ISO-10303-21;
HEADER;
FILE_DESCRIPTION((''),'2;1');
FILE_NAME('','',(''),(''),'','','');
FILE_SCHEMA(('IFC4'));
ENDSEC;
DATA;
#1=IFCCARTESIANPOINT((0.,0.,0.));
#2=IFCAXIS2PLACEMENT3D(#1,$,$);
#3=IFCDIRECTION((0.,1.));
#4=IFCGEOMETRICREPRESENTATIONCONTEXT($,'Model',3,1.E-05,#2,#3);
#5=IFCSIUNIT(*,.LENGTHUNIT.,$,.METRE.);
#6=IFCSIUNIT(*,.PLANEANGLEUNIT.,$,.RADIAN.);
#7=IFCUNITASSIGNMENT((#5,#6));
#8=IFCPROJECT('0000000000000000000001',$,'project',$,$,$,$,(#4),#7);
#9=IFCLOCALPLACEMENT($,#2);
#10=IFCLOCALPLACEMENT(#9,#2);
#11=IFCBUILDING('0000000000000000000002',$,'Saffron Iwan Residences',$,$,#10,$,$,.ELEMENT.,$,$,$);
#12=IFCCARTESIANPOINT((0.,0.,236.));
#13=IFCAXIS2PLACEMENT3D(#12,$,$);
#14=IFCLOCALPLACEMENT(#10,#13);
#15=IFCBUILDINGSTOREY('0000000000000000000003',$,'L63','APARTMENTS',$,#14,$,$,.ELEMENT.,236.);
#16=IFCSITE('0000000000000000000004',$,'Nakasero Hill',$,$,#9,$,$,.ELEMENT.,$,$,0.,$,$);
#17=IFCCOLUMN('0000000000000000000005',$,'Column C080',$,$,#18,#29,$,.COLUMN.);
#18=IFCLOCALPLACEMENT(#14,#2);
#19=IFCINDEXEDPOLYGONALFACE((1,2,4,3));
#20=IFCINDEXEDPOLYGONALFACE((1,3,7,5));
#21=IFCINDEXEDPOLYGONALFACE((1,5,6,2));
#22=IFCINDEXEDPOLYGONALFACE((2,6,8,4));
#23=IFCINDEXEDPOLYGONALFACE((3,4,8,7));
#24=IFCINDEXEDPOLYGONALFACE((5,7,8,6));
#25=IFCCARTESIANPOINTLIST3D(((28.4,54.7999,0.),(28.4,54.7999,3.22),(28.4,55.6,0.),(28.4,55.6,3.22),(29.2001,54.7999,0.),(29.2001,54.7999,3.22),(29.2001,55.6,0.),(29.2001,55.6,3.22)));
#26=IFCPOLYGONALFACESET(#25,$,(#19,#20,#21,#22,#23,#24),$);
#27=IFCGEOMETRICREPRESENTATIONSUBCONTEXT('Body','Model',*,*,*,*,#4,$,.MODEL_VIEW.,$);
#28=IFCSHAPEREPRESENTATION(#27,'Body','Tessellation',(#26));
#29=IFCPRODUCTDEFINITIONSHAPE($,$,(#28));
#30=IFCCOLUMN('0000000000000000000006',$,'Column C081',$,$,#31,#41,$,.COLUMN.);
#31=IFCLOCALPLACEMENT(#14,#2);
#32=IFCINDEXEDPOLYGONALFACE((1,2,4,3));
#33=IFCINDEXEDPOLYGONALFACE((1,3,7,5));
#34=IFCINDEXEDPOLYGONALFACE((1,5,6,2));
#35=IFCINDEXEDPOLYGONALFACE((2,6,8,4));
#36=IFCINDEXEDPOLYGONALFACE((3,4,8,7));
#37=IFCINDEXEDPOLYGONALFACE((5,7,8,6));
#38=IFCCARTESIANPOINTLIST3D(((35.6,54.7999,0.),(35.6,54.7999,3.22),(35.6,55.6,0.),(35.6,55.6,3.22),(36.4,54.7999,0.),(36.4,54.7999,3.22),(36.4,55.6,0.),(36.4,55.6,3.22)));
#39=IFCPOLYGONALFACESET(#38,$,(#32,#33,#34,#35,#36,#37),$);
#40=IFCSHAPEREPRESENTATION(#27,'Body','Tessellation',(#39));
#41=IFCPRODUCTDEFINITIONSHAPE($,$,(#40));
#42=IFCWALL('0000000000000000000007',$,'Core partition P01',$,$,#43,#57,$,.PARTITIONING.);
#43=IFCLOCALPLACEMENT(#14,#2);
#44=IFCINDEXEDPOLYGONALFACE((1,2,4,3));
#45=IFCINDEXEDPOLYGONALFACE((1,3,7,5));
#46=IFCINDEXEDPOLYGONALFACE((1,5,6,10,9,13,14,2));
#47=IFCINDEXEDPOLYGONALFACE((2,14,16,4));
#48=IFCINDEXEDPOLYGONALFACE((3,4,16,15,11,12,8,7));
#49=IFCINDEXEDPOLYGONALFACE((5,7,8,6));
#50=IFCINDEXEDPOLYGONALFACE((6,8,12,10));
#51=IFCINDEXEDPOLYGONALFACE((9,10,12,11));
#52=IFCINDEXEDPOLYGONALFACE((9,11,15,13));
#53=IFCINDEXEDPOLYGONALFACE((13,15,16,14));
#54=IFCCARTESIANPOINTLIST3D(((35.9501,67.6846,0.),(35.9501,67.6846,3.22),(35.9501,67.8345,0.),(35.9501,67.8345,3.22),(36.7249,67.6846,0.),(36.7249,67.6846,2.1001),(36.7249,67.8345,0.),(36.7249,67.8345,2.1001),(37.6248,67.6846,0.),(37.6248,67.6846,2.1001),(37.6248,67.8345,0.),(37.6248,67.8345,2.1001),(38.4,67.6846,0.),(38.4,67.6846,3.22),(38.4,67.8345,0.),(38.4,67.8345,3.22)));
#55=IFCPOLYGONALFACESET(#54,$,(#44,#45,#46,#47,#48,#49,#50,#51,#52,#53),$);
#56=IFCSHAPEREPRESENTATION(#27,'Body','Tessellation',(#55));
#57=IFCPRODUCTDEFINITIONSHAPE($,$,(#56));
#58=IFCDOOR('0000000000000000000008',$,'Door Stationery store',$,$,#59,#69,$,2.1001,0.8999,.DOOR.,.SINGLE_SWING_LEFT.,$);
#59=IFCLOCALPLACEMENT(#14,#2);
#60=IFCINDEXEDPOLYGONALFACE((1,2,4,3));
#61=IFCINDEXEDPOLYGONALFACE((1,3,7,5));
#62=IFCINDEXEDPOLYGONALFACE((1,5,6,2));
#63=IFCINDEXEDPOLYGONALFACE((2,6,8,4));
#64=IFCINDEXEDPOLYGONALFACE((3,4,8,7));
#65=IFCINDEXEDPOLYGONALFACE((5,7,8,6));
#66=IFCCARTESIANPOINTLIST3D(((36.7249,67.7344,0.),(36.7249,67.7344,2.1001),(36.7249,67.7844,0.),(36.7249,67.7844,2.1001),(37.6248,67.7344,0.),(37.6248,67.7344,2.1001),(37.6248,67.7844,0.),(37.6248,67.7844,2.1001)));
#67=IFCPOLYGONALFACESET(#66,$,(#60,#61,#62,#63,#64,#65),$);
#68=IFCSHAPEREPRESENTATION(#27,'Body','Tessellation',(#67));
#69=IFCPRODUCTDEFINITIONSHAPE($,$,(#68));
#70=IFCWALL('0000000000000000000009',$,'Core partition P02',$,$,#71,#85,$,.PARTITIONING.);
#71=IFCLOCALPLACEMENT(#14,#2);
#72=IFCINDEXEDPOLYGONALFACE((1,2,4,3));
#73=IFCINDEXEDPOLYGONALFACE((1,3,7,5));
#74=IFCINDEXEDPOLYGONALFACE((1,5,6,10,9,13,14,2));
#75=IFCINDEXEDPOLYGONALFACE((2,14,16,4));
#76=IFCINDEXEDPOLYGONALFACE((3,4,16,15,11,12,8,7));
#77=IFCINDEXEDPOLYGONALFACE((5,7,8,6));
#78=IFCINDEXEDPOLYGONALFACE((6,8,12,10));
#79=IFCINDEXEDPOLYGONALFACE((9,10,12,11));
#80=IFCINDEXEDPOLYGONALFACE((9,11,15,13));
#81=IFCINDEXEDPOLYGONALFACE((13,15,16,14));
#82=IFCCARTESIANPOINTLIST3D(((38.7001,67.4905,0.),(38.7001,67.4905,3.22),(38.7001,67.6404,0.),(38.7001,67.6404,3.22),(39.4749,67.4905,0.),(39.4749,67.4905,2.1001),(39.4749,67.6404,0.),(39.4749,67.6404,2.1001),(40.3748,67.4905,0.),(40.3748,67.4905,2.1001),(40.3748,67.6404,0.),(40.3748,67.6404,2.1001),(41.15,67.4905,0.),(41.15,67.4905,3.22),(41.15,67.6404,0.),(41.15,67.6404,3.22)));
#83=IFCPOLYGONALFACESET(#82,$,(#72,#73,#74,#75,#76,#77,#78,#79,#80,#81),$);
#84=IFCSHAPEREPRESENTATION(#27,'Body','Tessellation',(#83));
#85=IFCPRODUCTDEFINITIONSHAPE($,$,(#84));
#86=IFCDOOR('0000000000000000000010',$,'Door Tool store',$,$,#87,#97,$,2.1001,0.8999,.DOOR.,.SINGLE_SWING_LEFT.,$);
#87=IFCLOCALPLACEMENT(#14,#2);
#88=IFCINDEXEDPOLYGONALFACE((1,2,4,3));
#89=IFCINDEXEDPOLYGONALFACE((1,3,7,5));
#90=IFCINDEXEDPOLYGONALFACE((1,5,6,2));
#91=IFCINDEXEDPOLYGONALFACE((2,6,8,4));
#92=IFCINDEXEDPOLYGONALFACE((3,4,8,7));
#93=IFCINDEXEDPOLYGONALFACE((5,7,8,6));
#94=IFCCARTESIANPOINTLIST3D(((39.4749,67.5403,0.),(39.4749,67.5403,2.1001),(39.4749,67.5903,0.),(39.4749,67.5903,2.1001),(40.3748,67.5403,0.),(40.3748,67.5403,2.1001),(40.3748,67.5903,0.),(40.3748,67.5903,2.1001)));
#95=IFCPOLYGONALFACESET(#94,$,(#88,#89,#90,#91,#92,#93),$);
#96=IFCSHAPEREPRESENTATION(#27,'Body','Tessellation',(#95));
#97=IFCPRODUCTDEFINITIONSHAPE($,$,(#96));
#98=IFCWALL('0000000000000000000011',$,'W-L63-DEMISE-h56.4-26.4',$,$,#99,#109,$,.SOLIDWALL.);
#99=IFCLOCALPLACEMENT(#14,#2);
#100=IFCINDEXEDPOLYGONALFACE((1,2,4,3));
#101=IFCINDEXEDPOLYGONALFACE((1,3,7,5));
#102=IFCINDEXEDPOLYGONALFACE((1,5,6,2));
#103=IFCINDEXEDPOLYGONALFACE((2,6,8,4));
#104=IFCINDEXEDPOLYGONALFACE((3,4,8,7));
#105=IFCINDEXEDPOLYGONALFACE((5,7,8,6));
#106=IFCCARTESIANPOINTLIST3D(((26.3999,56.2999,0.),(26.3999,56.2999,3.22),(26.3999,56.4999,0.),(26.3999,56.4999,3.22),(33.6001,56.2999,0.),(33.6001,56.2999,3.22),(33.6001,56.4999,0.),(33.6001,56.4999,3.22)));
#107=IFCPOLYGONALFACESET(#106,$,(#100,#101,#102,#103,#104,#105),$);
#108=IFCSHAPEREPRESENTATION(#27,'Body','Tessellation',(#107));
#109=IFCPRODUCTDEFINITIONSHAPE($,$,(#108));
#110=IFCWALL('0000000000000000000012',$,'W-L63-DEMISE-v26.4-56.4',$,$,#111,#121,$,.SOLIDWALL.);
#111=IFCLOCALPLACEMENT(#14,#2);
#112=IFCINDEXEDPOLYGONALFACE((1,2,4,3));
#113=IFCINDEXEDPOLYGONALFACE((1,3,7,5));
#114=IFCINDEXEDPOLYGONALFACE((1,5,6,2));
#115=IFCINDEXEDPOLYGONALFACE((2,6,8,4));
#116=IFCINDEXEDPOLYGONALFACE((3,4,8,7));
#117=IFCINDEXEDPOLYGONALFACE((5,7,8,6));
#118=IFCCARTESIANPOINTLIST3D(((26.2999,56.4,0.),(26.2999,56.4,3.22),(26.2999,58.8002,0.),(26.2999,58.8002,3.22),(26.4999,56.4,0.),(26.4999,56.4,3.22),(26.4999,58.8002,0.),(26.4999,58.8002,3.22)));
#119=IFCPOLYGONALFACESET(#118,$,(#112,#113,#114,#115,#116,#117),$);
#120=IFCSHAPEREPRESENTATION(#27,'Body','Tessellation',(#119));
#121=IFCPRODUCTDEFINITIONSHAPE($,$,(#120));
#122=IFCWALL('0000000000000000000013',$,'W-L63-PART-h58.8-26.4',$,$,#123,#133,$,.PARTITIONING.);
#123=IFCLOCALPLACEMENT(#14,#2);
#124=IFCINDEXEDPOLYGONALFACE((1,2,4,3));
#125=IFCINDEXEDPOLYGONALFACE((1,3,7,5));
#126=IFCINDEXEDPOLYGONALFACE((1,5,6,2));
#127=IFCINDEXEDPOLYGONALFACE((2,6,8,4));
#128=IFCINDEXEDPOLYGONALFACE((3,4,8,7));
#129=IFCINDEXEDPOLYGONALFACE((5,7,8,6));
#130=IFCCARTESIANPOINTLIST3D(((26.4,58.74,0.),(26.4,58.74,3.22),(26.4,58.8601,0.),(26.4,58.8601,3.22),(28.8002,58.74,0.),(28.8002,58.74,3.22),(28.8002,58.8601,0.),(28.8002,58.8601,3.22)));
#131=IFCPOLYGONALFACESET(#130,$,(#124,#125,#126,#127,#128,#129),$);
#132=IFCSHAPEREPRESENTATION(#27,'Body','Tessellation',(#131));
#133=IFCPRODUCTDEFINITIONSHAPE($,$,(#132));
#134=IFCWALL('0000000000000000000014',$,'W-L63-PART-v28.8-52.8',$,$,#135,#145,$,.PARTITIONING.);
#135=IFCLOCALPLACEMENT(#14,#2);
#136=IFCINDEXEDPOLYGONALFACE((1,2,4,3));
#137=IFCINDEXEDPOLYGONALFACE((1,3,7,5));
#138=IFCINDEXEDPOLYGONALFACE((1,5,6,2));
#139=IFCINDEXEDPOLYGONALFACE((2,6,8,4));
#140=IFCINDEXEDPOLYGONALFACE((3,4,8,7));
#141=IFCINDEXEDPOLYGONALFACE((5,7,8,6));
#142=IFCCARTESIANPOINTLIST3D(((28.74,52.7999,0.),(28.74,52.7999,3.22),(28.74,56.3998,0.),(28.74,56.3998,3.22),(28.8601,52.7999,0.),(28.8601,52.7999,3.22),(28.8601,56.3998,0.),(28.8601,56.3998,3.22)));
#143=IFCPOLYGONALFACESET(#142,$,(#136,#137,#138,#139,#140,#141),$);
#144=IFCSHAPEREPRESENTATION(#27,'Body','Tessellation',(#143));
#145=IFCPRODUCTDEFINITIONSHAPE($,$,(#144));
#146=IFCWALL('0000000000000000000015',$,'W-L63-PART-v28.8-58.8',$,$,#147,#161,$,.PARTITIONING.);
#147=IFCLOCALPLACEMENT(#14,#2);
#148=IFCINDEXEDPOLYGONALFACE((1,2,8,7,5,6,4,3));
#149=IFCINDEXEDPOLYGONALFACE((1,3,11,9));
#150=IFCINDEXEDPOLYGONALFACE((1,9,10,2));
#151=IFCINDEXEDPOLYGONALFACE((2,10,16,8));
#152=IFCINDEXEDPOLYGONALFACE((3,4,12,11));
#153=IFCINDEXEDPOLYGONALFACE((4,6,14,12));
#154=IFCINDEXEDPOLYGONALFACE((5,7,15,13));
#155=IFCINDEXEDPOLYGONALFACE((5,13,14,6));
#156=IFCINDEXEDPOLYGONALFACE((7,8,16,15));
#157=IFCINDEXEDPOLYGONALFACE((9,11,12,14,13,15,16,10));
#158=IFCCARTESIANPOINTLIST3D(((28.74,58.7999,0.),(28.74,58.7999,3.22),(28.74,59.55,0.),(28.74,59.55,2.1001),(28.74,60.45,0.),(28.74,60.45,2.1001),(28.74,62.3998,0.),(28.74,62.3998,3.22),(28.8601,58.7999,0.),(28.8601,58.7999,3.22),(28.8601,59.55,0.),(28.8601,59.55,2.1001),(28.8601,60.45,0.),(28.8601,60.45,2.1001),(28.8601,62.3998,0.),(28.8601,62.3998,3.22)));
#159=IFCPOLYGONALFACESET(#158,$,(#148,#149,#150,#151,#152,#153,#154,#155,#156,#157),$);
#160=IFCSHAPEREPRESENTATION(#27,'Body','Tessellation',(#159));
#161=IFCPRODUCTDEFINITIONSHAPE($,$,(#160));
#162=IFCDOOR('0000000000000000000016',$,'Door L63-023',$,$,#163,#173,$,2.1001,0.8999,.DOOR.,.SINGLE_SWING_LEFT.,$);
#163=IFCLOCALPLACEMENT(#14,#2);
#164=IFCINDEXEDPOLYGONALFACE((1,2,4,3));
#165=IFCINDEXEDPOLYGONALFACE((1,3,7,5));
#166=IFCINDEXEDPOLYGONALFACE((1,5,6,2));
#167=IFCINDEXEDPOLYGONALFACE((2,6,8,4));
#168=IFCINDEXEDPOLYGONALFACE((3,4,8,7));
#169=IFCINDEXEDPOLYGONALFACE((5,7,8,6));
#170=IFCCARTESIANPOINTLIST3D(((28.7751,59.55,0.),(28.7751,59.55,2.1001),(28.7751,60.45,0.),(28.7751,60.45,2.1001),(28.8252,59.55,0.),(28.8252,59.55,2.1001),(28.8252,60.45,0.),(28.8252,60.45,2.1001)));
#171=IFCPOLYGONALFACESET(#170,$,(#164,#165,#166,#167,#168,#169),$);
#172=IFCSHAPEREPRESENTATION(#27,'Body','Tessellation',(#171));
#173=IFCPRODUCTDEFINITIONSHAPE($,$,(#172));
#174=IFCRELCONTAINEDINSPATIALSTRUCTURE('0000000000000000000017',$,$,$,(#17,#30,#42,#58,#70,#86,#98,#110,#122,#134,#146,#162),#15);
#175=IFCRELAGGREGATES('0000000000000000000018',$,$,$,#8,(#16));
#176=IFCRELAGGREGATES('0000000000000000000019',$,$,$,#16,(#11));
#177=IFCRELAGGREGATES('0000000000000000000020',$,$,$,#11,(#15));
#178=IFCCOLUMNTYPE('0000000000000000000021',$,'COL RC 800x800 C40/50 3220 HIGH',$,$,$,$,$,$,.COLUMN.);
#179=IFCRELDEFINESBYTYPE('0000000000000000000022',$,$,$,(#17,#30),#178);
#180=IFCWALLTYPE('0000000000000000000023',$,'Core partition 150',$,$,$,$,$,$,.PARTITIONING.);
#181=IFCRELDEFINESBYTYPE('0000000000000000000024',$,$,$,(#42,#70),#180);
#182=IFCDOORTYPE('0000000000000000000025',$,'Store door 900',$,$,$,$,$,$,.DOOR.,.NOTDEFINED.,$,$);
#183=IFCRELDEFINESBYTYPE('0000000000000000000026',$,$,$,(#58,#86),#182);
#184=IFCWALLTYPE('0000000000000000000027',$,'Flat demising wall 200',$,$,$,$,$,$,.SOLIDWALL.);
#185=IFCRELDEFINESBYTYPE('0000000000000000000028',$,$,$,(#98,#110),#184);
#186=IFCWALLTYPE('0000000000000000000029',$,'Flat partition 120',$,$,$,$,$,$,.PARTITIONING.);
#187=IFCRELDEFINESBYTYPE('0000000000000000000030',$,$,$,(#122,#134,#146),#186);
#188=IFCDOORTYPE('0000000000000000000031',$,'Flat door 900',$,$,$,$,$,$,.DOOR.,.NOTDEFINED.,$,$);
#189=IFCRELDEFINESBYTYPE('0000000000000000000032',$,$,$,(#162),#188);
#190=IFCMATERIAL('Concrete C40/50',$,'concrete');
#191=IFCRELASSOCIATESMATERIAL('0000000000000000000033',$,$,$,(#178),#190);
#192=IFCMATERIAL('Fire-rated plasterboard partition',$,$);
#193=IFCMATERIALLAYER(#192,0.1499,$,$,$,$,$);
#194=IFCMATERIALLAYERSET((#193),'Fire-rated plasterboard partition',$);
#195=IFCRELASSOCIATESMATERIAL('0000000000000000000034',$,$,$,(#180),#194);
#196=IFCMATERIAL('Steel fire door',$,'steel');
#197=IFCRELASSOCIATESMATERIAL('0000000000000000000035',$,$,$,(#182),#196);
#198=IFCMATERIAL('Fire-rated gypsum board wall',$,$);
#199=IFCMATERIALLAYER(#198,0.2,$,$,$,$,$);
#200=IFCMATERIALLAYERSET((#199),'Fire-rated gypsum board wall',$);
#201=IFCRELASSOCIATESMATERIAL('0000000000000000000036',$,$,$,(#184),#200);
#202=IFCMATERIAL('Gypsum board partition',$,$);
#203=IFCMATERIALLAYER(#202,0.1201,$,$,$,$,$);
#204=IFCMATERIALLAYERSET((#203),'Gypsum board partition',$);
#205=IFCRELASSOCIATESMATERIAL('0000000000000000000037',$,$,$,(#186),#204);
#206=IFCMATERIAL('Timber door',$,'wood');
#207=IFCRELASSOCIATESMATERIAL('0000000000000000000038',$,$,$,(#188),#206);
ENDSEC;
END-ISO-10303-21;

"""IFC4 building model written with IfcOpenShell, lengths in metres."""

from ifc_helpers import new_model, si_unit, direction, frame, frame_2d, origin, origin_2d, place, context, subcontext, project, spatial, rectangle, extrude, source, transform, mapped, material, layer, layer_set, material_profile, profile_set, type_object, element, fill, save


model = new_model("IFC4")

# Units and contexts
model_context = context("Model", 3, precision=1e-05, world=origin(), true_north=direction((0.0, 1.0)))
body_context = subcontext(model_context, "Body", "Model", "MODEL_VIEW")
ifc_project = project(units=[si_unit("LENGTHUNIT", "METRE"), si_unit("PLANEANGLEUNIT", "RADIAN")], contexts=[model_context])

# Site, building, storey
site_placement = place(None, origin())
site = spatial("IfcSite", under=ifc_project, at=site_placement, Name="Nakasero Hill", CompositionType="ELEMENT", RefElevation=0.0)
building_placement = place(site_placement, origin())
building = spatial("IfcBuilding", under=site, at=building_placement, Name="Saffron Iwan Residences", CompositionType="ELEMENT")
storey_placement = place(building_placement, frame((0.0, 0.0, 236.0)))
storey = spatial("IfcBuildingStorey", under=building, at=storey_placement, Name="L63", Description="APARTMENTS", CompositionType="ELEMENT", Elevation=236.0)

# Columns
ifc_material_1 = material(Name="Concrete C40/50", Category="concrete")
ifc_material_profile = material_profile(ifc_material_1, rectangle(XDim=0.8, YDim=0.8, at=origin_2d()), Name="RC 800x800")
ifc_profile_set = profile_set([ifc_material_profile], Name="Concrete C40/50")
column_type = type_object("IfcColumnType", Name="COL RC 800x800 C40/50 3220 HIGH", PredefinedType="COLUMN", material=ifc_profile_set)
shared_shape = source(origin(), body_context, "Body", "SweptSolid", [
    extrude(rectangle(XDim=0.8, YDim=0.8, at=origin_2d()), origin(), (0.0, 0.0, 1.0), 3.22),
])
for number, where, z_axis, x_axis, name in (
    (1, (28.8, 55.2, 0.0), (0.0, 0.0, 1.0), (1.0, 0.0, 0.0), "Column C080"),
    (2, (36.0, 55.2, 0.0), (0.0, 0.0, 1.0), (1.0, 0.0, 0.0), "Column C081"),
):
    element("IfcColumn", number, at=place(storey_placement, frame(where, z_axis=z_axis, x_axis=x_axis)), inside=storey, type_object=column_type, Name=name, PredefinedType="COLUMN", context=body_context, shape_type="MappedRepresentation", body=[
        mapped(shared_shape, transform((0.0, 0.0, 0.0))),
    ])

# Walls, openings, doors
ifc_material_2 = material(Name="Fire-rated plasterboard partition")
ifc_layer_1 = layer(ifc_material_2, 0.1499)
ifc_layer_set_1 = layer_set([ifc_layer_1], Name="Fire-rated plasterboard partition")
wall_type_1 = type_object("IfcWallType", Name="Core partition 150", PredefinedType="PARTITIONING", material=ifc_layer_set_1)
wall_1_placement = place(storey_placement, frame((35.95, 67.7595, 0.0), z_axis=(0.0, 0.0, 1.0), x_axis=(1.0, 0.0, 0.0)))
wall_1 = element("IfcWall", 3, at=wall_1_placement, inside=storey, type_object=wall_type_1, Name="Core partition P01", PredefinedType="PARTITIONING", context=body_context, shape_type="SweptSolid", body=[
    extrude(rectangle(XDim=2.45, YDim=0.1499, at=frame_2d((1.2251, 0.0))), origin(), (0.0, 0.0, 1.0), 3.22),
])
opening_1_placement = place(wall_1_placement, frame((0.7749, 0.0, 0.0)))
opening_1 = element("IfcOpeningElement", 4, at=opening_1_placement, cuts=wall_1, PredefinedType="OPENING", context=body_context, shape_type="SweptSolid", body=[
    extrude(rectangle(XDim=0.8999, YDim=2.1001, at=frame_2d((0.45, 1.05))), frame((0.0, 0.085, 0.0), z_axis=(0.0, -1.0, 0.0), x_axis=(1.0, 0.0, 0.0)), (0.0, 0.0, 1.0), 0.1699),
])
ifc_material_3 = material(Name="Steel fire door", Category="steel")
door_type_1 = type_object("IfcDoorType", Name="Store door 900", OperationType="NOTDEFINED", PredefinedType="DOOR", material=ifc_material_3)
door_1_placement = place(opening_1_placement, origin())
door_1 = element("IfcDoor", 5, at=door_1_placement, inside=storey, type_object=door_type_1, Name="Door Stationery store", OperationType="SINGLE_SWING_LEFT", OverallHeight=2.1001, OverallWidth=0.8999, PredefinedType="DOOR", context=body_context, shape_type="SweptSolid", body=[
    extrude(rectangle(XDim=0.8999, YDim=2.1001, at=frame_2d((0.45, 1.05))), frame((0.0, 0.0249, 0.0), z_axis=(0.0, -1.0, 0.0), x_axis=(1.0, 0.0, 0.0)), (0.0, 0.0, 1.0), 0.05),
])
fill(opening_1, door_1)
wall_2_placement = place(storey_placement, frame((38.7, 67.5654, 0.0), z_axis=(0.0, 0.0, 1.0), x_axis=(1.0, 0.0, 0.0)))
wall_2 = element("IfcWall", 6, at=wall_2_placement, inside=storey, type_object=wall_type_1, Name="Core partition P02", PredefinedType="PARTITIONING", context=body_context, shape_type="SweptSolid", body=[
    extrude(rectangle(XDim=2.45, YDim=0.1499, at=frame_2d((1.2251, 0.0))), origin(), (0.0, 0.0, 1.0), 3.22),
])
opening_2_placement = place(wall_2_placement, frame((0.7749, 0.0, 0.0)))
opening_2 = element("IfcOpeningElement", 7, at=opening_2_placement, cuts=wall_2, PredefinedType="OPENING", context=body_context, shape_type="SweptSolid", body=[
    extrude(rectangle(XDim=0.8999, YDim=2.1001, at=frame_2d((0.45, 1.05))), frame((0.0, 0.085, 0.0), z_axis=(0.0, -1.0, 0.0), x_axis=(1.0, 0.0, 0.0)), (0.0, 0.0, 1.0), 0.1699),
])
door_2_placement = place(opening_2_placement, origin())
door_2 = element("IfcDoor", 8, at=door_2_placement, inside=storey, type_object=door_type_1, Name="Door Tool store", OperationType="SINGLE_SWING_LEFT", OverallHeight=2.1001, OverallWidth=0.8999, PredefinedType="DOOR", context=body_context, shape_type="SweptSolid", body=[
    extrude(rectangle(XDim=0.8999, YDim=2.1001, at=frame_2d((0.45, 1.05))), frame((0.0, 0.0249, 0.0), z_axis=(0.0, -1.0, 0.0), x_axis=(1.0, 0.0, 0.0)), (0.0, 0.0, 1.0), 0.05),
])
fill(opening_2, door_2)

# Walls
ifc_material_4 = material(Name="Fire-rated gypsum board wall")
ifc_layer_2 = layer(ifc_material_4, 0.2)
ifc_layer_set_2 = layer_set([ifc_layer_2], Name="Fire-rated gypsum board wall")
wall_type_2 = type_object("IfcWallType", Name="Flat demising wall 200", PredefinedType="SOLIDWALL", material=ifc_layer_set_2)
wall_3_placement = place(storey_placement, frame((26.3999, 56.3999, 0.0), z_axis=(0.0, 0.0, 1.0), x_axis=(1.0, 0.0, 0.0)))
element("IfcWall", 9, at=wall_3_placement, inside=storey, type_object=wall_type_2, Name="W-L63-DEMISE-h56.4-26.4", PredefinedType="SOLIDWALL", context=body_context, shape_type="SweptSolid", body=[
    extrude(rectangle(XDim=7.2002, YDim=0.2, at=frame_2d((3.6001, 0.0))), origin(), (0.0, 0.0, 1.0), 3.22),
])
wall_4_placement = place(storey_placement, frame((26.3999, 56.3999, 0.0), z_axis=(0.0, 0.0, 1.0), x_axis=(0.0, 1.0, 0.0)))
element("IfcWall", 10, at=wall_4_placement, inside=storey, type_object=wall_type_2, Name="W-L63-DEMISE-v26.4-56.4", PredefinedType="SOLIDWALL", context=body_context, shape_type="SweptSolid", body=[
    extrude(rectangle(XDim=2.4001, YDim=0.2, at=frame_2d((1.2002, 0.0))), origin(), (0.0, 0.0, 1.0), 3.22),
])
ifc_material_5 = material(Name="Gypsum board partition")
ifc_layer_3 = layer(ifc_material_5, 0.1201)
ifc_layer_set_3 = layer_set([ifc_layer_3], Name="Gypsum board partition")
wall_type_3 = type_object("IfcWallType", Name="Flat partition 120", PredefinedType="PARTITIONING", material=ifc_layer_set_3)
wall_5_placement = place(storey_placement, frame((26.3999, 58.8, 0.0), z_axis=(0.0, 0.0, 1.0), x_axis=(1.0, 0.0, 0.0)))
element("IfcWall", 11, at=wall_5_placement, inside=storey, type_object=wall_type_3, Name="W-L63-PART-h58.8-26.4", PredefinedType="PARTITIONING", context=body_context, shape_type="SweptSolid", body=[
    extrude(rectangle(XDim=2.4001, YDim=0.1201, at=frame_2d((1.2002, 0.0))), origin(), (0.0, 0.0, 1.0), 3.22),
])
wall_6_placement = place(storey_placement, frame((28.8, 52.8, 0.0), z_axis=(0.0, 0.0, 1.0), x_axis=(0.0, 1.0, 0.0)))
element("IfcWall", 12, at=wall_6_placement, inside=storey, type_object=wall_type_3, Name="W-L63-PART-v28.8-52.8", PredefinedType="PARTITIONING", context=body_context, shape_type="SweptSolid", body=[
    extrude(rectangle(XDim=3.5999, YDim=0.1201, at=frame_2d((1.7998, 0.0))), origin(), (0.0, 0.0, 1.0), 3.22),
])

# Wall, opening, door
wall_7_placement = place(storey_placement, frame((28.8, 58.8, 0.0), z_axis=(0.0, 0.0, 1.0), x_axis=(0.0, 1.0, 0.0)))
wall_7 = element("IfcWall", 13, at=wall_7_placement, inside=storey, type_object=wall_type_3, Name="W-L63-PART-v28.8-58.8", PredefinedType="PARTITIONING", context=body_context, shape_type="SweptSolid", body=[
    extrude(rectangle(XDim=3.5999, YDim=0.1201, at=frame_2d((1.7998, 0.0))), origin(), (0.0, 0.0, 1.0), 3.22),
])
opening_3_placement = place(wall_7_placement, frame((0.75, 0.0, 0.0)))
opening_3 = element("IfcOpeningElement", 14, at=opening_3_placement, cuts=wall_7, PredefinedType="OPENING", context=body_context, shape_type="SweptSolid", body=[
    extrude(rectangle(XDim=0.8999, YDim=2.1001, at=frame_2d((0.45, 1.05))), frame((0.0, 0.0701, 0.0), z_axis=(0.0, -1.0, 0.0), x_axis=(1.0, 0.0, 0.0)), (0.0, 0.0, 1.0), 0.1401),
])
ifc_material_6 = material(Name="Timber door", Category="wood")
door_type_2 = type_object("IfcDoorType", Name="Flat door 900", OperationType="NOTDEFINED", PredefinedType="DOOR", material=ifc_material_6)
door_3_placement = place(opening_3_placement, origin())
door_3 = element("IfcDoor", 15, at=door_3_placement, inside=storey, type_object=door_type_2, Name="Door L63-023", OperationType="SINGLE_SWING_LEFT", OverallHeight=2.1001, OverallWidth=0.8999, PredefinedType="DOOR", context=body_context, shape_type="SweptSolid", body=[
    extrude(rectangle(XDim=0.8999, YDim=2.1001, at=frame_2d((0.45, 1.05))), frame((0.0, 0.0249, 0.0), z_axis=(0.0, -1.0, 0.0), x_axis=(1.0, 0.0, 0.0)), (0.0, 0.0, 1.0), 0.05),
])
fill(opening_3, door_3)

save(model, "model.ifc")
